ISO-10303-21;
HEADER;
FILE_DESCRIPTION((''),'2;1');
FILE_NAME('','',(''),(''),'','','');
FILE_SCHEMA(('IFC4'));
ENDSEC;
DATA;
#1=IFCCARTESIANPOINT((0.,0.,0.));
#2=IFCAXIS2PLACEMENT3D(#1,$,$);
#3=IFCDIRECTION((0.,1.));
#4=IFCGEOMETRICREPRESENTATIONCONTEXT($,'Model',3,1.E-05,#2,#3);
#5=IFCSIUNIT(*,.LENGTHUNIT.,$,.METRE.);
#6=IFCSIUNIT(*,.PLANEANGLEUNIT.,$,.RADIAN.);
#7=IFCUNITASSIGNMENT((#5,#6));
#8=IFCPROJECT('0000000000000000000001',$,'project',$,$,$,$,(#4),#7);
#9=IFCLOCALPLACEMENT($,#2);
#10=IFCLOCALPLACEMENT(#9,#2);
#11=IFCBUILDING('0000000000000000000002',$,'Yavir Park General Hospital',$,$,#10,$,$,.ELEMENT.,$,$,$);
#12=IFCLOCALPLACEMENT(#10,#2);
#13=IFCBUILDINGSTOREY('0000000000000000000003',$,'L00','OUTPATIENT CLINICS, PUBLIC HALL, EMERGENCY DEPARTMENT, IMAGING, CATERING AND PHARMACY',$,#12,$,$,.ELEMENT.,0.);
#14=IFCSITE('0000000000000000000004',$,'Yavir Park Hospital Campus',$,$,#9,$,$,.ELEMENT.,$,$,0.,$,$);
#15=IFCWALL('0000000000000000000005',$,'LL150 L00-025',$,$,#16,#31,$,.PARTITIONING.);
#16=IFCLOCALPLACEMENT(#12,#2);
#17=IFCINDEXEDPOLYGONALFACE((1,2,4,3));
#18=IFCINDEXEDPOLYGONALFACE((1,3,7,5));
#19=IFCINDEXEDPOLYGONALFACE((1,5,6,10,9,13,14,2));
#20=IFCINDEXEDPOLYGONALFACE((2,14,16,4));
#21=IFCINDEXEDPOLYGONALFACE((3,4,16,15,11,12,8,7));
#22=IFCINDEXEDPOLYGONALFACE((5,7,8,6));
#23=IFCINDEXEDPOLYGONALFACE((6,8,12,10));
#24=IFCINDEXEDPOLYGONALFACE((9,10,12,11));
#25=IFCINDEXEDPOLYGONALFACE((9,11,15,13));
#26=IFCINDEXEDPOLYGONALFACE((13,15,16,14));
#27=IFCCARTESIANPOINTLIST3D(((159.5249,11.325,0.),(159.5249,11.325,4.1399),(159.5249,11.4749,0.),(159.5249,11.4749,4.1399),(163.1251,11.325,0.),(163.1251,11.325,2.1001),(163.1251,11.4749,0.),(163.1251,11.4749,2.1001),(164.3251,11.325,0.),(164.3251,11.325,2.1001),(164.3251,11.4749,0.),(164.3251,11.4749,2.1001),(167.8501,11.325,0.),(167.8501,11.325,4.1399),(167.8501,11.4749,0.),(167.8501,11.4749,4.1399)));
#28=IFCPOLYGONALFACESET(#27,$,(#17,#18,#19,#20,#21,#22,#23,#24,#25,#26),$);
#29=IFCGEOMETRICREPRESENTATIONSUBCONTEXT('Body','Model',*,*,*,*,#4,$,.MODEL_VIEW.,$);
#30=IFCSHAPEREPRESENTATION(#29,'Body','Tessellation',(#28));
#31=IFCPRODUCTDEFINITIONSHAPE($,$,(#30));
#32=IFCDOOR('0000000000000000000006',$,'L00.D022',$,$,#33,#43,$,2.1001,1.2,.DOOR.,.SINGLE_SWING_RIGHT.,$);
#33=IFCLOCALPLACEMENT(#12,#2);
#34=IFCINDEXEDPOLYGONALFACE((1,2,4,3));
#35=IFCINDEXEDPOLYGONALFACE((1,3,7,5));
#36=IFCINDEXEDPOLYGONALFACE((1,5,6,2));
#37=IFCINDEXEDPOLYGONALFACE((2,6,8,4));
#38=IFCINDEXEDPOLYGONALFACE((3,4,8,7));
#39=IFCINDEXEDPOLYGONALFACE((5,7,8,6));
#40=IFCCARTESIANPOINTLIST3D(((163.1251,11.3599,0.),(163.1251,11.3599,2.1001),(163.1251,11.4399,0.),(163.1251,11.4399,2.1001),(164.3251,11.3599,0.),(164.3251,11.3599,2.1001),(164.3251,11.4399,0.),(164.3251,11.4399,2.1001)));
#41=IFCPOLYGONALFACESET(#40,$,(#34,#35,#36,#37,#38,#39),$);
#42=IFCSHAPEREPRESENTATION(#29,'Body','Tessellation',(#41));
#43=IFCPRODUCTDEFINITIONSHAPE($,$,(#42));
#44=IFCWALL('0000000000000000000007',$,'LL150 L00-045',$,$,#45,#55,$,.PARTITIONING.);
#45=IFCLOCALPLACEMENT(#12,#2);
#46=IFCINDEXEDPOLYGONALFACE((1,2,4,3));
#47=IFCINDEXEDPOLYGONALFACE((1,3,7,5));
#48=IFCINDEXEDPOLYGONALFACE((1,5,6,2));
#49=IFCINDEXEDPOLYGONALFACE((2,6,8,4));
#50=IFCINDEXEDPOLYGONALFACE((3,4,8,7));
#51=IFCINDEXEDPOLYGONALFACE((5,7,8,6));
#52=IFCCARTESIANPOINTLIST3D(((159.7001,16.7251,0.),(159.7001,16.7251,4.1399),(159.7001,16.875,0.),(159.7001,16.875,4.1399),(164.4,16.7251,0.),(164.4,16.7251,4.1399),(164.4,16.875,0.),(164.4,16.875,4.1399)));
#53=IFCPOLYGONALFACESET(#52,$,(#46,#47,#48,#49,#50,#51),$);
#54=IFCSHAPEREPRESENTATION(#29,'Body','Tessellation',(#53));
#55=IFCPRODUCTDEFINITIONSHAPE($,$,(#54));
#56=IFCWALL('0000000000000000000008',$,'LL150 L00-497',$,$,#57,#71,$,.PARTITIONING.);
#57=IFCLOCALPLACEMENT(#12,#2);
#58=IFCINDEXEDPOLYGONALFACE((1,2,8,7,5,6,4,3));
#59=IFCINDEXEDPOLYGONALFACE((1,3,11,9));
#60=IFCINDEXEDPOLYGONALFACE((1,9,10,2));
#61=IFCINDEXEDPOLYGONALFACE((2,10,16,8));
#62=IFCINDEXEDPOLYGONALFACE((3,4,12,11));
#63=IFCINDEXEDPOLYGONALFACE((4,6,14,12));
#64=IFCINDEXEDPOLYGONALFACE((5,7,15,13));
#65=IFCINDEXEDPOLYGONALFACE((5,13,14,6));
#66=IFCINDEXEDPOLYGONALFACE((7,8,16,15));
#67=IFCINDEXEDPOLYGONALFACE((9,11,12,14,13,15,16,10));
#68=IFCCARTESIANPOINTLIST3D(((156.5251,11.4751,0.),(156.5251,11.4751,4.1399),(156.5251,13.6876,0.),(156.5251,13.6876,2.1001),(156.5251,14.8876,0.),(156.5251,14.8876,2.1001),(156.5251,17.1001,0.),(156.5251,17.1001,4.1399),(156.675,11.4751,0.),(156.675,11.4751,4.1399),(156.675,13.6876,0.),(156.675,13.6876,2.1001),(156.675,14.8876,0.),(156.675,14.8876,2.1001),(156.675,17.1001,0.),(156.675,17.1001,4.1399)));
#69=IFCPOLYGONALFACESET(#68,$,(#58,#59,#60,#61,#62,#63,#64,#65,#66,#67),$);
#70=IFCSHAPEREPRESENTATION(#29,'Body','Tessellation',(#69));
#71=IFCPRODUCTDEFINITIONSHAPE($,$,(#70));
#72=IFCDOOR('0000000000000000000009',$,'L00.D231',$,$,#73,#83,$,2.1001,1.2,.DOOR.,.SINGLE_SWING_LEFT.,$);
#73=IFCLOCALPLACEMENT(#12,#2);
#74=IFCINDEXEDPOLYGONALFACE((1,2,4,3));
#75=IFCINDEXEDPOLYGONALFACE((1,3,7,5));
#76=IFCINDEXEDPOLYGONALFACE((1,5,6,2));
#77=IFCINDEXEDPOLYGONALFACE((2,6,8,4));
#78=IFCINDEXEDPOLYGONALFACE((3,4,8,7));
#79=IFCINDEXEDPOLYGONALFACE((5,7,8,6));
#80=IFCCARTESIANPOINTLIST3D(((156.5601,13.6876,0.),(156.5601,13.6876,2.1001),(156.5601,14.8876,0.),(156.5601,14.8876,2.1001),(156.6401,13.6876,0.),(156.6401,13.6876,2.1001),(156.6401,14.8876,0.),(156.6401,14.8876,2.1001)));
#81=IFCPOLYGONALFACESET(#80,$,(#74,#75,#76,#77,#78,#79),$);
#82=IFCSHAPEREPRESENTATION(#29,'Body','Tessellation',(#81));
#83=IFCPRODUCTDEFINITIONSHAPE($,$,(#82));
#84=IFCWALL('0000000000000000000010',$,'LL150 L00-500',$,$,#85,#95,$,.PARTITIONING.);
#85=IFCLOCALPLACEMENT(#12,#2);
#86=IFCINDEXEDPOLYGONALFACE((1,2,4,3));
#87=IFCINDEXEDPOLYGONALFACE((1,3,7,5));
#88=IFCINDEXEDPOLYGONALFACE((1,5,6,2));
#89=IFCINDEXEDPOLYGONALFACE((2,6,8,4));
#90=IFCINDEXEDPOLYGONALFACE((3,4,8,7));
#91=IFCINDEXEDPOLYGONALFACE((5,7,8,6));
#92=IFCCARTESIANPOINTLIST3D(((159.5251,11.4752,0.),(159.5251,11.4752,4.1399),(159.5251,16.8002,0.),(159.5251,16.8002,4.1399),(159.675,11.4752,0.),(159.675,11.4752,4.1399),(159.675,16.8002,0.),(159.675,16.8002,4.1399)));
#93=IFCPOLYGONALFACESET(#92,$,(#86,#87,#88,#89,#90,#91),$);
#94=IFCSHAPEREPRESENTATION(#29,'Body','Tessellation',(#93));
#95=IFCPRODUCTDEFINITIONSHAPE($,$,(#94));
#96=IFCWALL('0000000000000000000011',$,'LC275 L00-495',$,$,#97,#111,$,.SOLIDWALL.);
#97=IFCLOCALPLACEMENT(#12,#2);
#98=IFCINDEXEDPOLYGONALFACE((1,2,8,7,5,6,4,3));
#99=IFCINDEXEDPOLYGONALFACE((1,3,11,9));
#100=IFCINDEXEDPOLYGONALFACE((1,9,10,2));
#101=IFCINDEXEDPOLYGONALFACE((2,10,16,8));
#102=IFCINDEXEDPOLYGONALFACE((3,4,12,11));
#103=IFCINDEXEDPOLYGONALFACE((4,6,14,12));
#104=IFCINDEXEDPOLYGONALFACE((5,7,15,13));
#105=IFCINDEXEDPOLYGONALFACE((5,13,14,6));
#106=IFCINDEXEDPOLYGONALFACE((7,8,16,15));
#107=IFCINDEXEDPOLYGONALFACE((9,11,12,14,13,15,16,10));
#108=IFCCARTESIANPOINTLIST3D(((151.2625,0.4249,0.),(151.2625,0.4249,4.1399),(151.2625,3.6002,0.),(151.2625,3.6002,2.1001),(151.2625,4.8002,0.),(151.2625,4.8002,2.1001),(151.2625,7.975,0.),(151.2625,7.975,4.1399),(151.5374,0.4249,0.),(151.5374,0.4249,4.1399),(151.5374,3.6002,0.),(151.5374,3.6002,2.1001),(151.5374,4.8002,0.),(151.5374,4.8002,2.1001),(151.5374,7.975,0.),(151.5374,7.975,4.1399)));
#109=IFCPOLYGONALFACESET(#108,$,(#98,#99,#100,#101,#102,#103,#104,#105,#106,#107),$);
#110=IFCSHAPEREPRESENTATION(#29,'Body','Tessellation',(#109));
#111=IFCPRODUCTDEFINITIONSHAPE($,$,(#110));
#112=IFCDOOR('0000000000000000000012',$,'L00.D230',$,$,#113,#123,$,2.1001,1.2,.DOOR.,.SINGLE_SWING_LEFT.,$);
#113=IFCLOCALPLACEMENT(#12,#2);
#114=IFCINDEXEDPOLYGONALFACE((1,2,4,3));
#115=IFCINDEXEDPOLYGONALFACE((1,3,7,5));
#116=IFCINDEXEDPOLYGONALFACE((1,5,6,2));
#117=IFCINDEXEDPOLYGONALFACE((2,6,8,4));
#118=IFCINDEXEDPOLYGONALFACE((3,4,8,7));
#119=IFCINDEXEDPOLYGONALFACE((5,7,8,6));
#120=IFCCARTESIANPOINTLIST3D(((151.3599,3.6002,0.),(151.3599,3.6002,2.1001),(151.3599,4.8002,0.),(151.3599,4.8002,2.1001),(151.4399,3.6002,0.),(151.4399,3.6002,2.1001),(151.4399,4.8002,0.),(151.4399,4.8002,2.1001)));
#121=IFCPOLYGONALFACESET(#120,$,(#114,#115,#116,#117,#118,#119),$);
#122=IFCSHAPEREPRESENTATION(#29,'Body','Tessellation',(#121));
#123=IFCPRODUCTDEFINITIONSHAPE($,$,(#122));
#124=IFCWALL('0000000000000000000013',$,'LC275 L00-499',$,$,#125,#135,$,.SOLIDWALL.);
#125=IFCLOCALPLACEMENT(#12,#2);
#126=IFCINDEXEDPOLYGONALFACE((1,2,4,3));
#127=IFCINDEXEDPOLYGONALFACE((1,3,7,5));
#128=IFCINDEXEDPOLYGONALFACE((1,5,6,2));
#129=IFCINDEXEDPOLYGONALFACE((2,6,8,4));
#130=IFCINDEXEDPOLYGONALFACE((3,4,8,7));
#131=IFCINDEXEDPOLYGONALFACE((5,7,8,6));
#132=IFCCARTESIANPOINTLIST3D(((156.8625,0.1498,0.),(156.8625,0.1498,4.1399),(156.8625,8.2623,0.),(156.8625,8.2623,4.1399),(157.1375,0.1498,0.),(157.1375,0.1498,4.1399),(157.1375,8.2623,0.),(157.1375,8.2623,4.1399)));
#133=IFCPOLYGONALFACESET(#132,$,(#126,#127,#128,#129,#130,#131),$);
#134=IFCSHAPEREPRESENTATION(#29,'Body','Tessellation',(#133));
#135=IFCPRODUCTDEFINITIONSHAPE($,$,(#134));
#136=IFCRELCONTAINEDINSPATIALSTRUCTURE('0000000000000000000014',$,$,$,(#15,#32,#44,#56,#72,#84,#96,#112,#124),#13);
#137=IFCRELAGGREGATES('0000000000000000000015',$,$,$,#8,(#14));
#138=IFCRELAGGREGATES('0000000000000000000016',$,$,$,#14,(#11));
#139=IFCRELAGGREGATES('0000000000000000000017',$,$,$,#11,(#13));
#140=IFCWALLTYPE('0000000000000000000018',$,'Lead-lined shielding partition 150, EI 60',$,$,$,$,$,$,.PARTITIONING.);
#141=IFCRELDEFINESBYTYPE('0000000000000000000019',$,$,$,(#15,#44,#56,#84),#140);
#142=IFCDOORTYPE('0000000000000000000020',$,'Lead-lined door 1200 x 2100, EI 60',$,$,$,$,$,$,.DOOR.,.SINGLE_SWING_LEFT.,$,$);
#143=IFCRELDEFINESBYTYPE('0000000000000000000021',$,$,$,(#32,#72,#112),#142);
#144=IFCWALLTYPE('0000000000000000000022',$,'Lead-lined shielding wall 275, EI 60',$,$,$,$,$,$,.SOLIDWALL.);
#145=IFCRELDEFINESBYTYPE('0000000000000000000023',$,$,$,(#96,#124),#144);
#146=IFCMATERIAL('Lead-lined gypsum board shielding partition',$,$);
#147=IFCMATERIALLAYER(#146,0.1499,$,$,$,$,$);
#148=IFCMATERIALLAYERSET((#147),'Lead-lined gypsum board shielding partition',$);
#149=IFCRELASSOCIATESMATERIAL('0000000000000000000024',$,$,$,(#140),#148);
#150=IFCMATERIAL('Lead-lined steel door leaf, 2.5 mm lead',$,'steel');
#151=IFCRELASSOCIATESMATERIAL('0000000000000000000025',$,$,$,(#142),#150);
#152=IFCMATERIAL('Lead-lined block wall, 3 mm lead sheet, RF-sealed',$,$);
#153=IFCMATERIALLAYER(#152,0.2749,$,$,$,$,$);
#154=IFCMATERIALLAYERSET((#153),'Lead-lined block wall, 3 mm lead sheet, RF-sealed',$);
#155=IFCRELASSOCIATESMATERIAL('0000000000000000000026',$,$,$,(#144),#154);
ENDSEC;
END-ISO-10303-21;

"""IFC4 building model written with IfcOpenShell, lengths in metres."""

from ifc_helpers import new_model, si_unit, direction, frame, frame_2d, origin, place, context, subcontext, project, spatial, rectangle, extrude, material, layer, layer_set, type_object, element, fill, save


model = new_model("IFC4")

# Units and contexts
model_context = context("Model", 3, precision=1e-05, world=origin(), true_north=direction((0.0, 1.0)))
body_context = subcontext(model_context, "Body", "Model", "MODEL_VIEW")
ifc_project = project(units=[si_unit("LENGTHUNIT", "METRE"), si_unit("PLANEANGLEUNIT", "RADIAN")], contexts=[model_context])

# Site, building, storey
site_placement = place(None, origin())
site = spatial("IfcSite", under=ifc_project, at=site_placement, Name="Yavir Park Hospital Campus", CompositionType="ELEMENT", RefElevation=0.0)
building_placement = place(site_placement, origin())
building = spatial("IfcBuilding", under=site, at=building_placement, Name="Yavir Park General Hospital", CompositionType="ELEMENT")
storey_placement = place(building_placement, origin())
storey = spatial("IfcBuildingStorey", under=building, at=storey_placement, Name="L00", Description="OUTPATIENT CLINICS, PUBLIC HALL, EMERGENCY DEPARTMENT, IMAGING, CATERING AND PHARMACY", CompositionType="ELEMENT", Elevation=0.0)

# Wall, opening, door
ifc_material_1 = material(Name="Lead-lined gypsum board shielding partition")
ifc_layer_1 = layer(ifc_material_1, 0.1499)
ifc_layer_set_1 = layer_set([ifc_layer_1], Name="Lead-lined gypsum board shielding partition")
wall_type_1 = type_object("IfcWallType", Name="Lead-lined shielding partition 150, EI 60", PredefinedType="PARTITIONING", material=ifc_layer_set_1)
wall_1_placement = place(storey_placement, frame((159.5249, 11.3999, 0.0), z_axis=(0.0, 0.0, 1.0), x_axis=(1.0, 0.0, 0.0)))
wall_1 = element("IfcWall", 1, at=wall_1_placement, inside=storey, type_object=wall_type_1, Name="LL150 L00-025", PredefinedType="PARTITIONING", context=body_context, shape_type="SweptSolid", body=[
    extrude(rectangle(XDim=8.3252, YDim=0.1499, at=frame_2d((4.1626, 0.0))), origin(), (0.0, 0.0, 1.0), 4.1399),
])
opening_1_placement = place(wall_1_placement, frame((3.6001, 0.0, 0.0)))
opening_1 = element("IfcOpeningElement", 2, at=opening_1_placement, cuts=wall_1, PredefinedType="OPENING", context=body_context, shape_type="SweptSolid", body=[
    extrude(rectangle(XDim=1.2, YDim=2.1001, at=frame_2d((0.6001, 1.05))), frame((0.0, 0.085, 0.0), z_axis=(0.0, -1.0, 0.0), x_axis=(1.0, 0.0, 0.0)), (0.0, 0.0, 1.0), 0.1699),
])
ifc_material_2 = material(Name="Lead-lined steel door leaf, 2.5 mm lead", Category="steel")
door_type_1 = type_object("IfcDoorType", Name="Lead-lined door 1200 x 2100, EI 60", OperationType="SINGLE_SWING_LEFT", PredefinedType="DOOR", material=ifc_material_2)
door_1_placement = place(opening_1_placement, origin())
door_1 = element("IfcDoor", 3, at=door_1_placement, inside=storey, type_object=door_type_1, Name="L00.D022", OperationType="SINGLE_SWING_RIGHT", OverallHeight=2.1001, OverallWidth=1.2, PredefinedType="DOOR", context=body_context, shape_type="SweptSolid", body=[
    extrude(rectangle(XDim=1.2, YDim=2.1001, at=frame_2d((0.6001, 1.05))), frame((0.0, 0.04, 0.0), z_axis=(0.0, -1.0, 0.0), x_axis=(1.0, 0.0, 0.0)), (0.0, 0.0, 1.0), 0.0801),
])
fill(opening_1, door_1)

# Wall
wall_2_placement = place(storey_placement, frame((159.7, 16.8, 0.0), z_axis=(0.0, 0.0, 1.0), x_axis=(1.0, 0.0, 0.0)))
element("IfcWall", 4, at=wall_2_placement, inside=storey, type_object=wall_type_1, Name="LL150 L00-045", PredefinedType="PARTITIONING", context=body_context, shape_type="SweptSolid", body=[
    extrude(rectangle(XDim=4.7, YDim=0.1499, at=frame_2d((2.3501, 0.0))), origin(), (0.0, 0.0, 1.0), 4.1399),
])

# Wall, opening, door
wall_3_placement = place(storey_placement, frame((156.6001, 11.4751, 0.0), z_axis=(0.0, 0.0, 1.0), x_axis=(0.0, 1.0, 0.0)))
wall_3 = element("IfcWall", 5, at=wall_3_placement, inside=storey, type_object=wall_type_1, Name="LL150 L00-497", PredefinedType="PARTITIONING", context=body_context, shape_type="SweptSolid", body=[
    extrude(rectangle(XDim=5.625, YDim=0.1499, at=frame_2d((2.8125, 0.0))), origin(), (0.0, 0.0, 1.0), 4.1399),
])
opening_2_placement = place(wall_3_placement, frame((2.2124, 0.0, 0.0)))
opening_2 = element("IfcOpeningElement", 6, at=opening_2_placement, cuts=wall_3, PredefinedType="OPENING", context=body_context, shape_type="SweptSolid", body=[
    extrude(rectangle(XDim=1.2, YDim=2.1001, at=frame_2d((0.6001, 1.05))), frame((0.0, 0.085, 0.0), z_axis=(0.0, -1.0, 0.0), x_axis=(1.0, 0.0, 0.0)), (0.0, 0.0, 1.0), 0.1699),
])
door_2_placement = place(opening_2_placement, origin())
door_2 = element("IfcDoor", 7, at=door_2_placement, inside=storey, type_object=door_type_1, Name="L00.D231", OperationType="SINGLE_SWING_LEFT", OverallHeight=2.1001, OverallWidth=1.2, PredefinedType="DOOR", context=body_context, shape_type="SweptSolid", body=[
    extrude(rectangle(XDim=1.2, YDim=2.1001, at=frame_2d((0.6001, 1.05))), frame((0.0, 0.04, 0.0), z_axis=(0.0, -1.0, 0.0), x_axis=(1.0, 0.0, 0.0)), (0.0, 0.0, 1.0), 0.0801),
])
fill(opening_2, door_2)

# Wall
wall_4_placement = place(storey_placement, frame((159.6001, 11.4751, 0.0), z_axis=(0.0, 0.0, 1.0), x_axis=(0.0, 1.0, 0.0)))
element("IfcWall", 8, at=wall_4_placement, inside=storey, type_object=wall_type_1, Name="LL150 L00-500", PredefinedType="PARTITIONING", context=body_context, shape_type="SweptSolid", body=[
    extrude(rectangle(XDim=5.325, YDim=0.1499, at=frame_2d((2.6626, 0.0))), origin(), (0.0, 0.0, 1.0), 4.1399),
])

# Shared definitions
ifc_material_3 = material(Name="Lead-lined block wall, 3 mm lead sheet, RF-sealed")
ifc_layer_2 = layer(ifc_material_3, 0.2749)
ifc_layer_set_2 = layer_set([ifc_layer_2], Name="Lead-lined block wall, 3 mm lead sheet, RF-sealed")
wall_type_2 = type_object("IfcWallType", Name="Lead-lined shielding wall 275, EI 60", PredefinedType="SOLIDWALL", material=ifc_layer_set_2)

# Wall, opening, door
wall_5_placement = place(storey_placement, frame((151.3999, 0.425, 0.0), z_axis=(0.0, 0.0, 1.0), x_axis=(0.0, 1.0, 0.0)))
wall_5 = element("IfcWall", 9, at=wall_5_placement, inside=storey, type_object=wall_type_2, Name="LC275 L00-495", PredefinedType="SOLIDWALL", context=body_context, shape_type="SweptSolid", body=[
    extrude(rectangle(XDim=7.55, YDim=0.2749, at=frame_2d((3.7749, 0.0))), origin(), (0.0, 0.0, 1.0), 4.1399),
])
opening_3_placement = place(wall_5_placement, frame((3.175, 0.0, 0.0)))
opening_3 = element("IfcOpeningElement", 10, at=opening_3_placement, cuts=wall_5, PredefinedType="OPENING", context=body_context, shape_type="SweptSolid", body=[
    extrude(rectangle(XDim=1.2, YDim=2.1001, at=frame_2d((0.6001, 1.05))), frame((0.0, 0.1475, 0.0), z_axis=(0.0, -1.0, 0.0), x_axis=(1.0, 0.0, 0.0)), (0.0, 0.0, 1.0), 0.2949),
])
door_3_placement = place(opening_3_placement, origin())
door_3 = element("IfcDoor", 11, at=door_3_placement, inside=storey, type_object=door_type_1, Name="L00.D230", OperationType="SINGLE_SWING_LEFT", OverallHeight=2.1001, OverallWidth=1.2, PredefinedType="DOOR", context=body_context, shape_type="SweptSolid", body=[
    extrude(rectangle(XDim=1.2, YDim=2.1001, at=frame_2d((0.6001, 1.05))), frame((0.0, 0.04, 0.0), z_axis=(0.0, -1.0, 0.0), x_axis=(1.0, 0.0, 0.0)), (0.0, 0.0, 1.0), 0.0801),
])
fill(opening_3, door_3)

# Wall
wall_6_placement = place(storey_placement, frame((157.0, 0.1499, 0.0), z_axis=(0.0, 0.0, 1.0), x_axis=(0.0, 1.0, 0.0)))
element("IfcWall", 12, at=wall_6_placement, inside=storey, type_object=wall_type_2, Name="LC275 L00-499", PredefinedType="SOLIDWALL", context=body_context, shape_type="SweptSolid", body=[
    extrude(rectangle(XDim=8.1125, YDim=0.2749, at=frame_2d((4.0562, 0.0))), origin(), (0.0, 0.0, 1.0), 4.1399),
])

save(model, "model.ifc")
